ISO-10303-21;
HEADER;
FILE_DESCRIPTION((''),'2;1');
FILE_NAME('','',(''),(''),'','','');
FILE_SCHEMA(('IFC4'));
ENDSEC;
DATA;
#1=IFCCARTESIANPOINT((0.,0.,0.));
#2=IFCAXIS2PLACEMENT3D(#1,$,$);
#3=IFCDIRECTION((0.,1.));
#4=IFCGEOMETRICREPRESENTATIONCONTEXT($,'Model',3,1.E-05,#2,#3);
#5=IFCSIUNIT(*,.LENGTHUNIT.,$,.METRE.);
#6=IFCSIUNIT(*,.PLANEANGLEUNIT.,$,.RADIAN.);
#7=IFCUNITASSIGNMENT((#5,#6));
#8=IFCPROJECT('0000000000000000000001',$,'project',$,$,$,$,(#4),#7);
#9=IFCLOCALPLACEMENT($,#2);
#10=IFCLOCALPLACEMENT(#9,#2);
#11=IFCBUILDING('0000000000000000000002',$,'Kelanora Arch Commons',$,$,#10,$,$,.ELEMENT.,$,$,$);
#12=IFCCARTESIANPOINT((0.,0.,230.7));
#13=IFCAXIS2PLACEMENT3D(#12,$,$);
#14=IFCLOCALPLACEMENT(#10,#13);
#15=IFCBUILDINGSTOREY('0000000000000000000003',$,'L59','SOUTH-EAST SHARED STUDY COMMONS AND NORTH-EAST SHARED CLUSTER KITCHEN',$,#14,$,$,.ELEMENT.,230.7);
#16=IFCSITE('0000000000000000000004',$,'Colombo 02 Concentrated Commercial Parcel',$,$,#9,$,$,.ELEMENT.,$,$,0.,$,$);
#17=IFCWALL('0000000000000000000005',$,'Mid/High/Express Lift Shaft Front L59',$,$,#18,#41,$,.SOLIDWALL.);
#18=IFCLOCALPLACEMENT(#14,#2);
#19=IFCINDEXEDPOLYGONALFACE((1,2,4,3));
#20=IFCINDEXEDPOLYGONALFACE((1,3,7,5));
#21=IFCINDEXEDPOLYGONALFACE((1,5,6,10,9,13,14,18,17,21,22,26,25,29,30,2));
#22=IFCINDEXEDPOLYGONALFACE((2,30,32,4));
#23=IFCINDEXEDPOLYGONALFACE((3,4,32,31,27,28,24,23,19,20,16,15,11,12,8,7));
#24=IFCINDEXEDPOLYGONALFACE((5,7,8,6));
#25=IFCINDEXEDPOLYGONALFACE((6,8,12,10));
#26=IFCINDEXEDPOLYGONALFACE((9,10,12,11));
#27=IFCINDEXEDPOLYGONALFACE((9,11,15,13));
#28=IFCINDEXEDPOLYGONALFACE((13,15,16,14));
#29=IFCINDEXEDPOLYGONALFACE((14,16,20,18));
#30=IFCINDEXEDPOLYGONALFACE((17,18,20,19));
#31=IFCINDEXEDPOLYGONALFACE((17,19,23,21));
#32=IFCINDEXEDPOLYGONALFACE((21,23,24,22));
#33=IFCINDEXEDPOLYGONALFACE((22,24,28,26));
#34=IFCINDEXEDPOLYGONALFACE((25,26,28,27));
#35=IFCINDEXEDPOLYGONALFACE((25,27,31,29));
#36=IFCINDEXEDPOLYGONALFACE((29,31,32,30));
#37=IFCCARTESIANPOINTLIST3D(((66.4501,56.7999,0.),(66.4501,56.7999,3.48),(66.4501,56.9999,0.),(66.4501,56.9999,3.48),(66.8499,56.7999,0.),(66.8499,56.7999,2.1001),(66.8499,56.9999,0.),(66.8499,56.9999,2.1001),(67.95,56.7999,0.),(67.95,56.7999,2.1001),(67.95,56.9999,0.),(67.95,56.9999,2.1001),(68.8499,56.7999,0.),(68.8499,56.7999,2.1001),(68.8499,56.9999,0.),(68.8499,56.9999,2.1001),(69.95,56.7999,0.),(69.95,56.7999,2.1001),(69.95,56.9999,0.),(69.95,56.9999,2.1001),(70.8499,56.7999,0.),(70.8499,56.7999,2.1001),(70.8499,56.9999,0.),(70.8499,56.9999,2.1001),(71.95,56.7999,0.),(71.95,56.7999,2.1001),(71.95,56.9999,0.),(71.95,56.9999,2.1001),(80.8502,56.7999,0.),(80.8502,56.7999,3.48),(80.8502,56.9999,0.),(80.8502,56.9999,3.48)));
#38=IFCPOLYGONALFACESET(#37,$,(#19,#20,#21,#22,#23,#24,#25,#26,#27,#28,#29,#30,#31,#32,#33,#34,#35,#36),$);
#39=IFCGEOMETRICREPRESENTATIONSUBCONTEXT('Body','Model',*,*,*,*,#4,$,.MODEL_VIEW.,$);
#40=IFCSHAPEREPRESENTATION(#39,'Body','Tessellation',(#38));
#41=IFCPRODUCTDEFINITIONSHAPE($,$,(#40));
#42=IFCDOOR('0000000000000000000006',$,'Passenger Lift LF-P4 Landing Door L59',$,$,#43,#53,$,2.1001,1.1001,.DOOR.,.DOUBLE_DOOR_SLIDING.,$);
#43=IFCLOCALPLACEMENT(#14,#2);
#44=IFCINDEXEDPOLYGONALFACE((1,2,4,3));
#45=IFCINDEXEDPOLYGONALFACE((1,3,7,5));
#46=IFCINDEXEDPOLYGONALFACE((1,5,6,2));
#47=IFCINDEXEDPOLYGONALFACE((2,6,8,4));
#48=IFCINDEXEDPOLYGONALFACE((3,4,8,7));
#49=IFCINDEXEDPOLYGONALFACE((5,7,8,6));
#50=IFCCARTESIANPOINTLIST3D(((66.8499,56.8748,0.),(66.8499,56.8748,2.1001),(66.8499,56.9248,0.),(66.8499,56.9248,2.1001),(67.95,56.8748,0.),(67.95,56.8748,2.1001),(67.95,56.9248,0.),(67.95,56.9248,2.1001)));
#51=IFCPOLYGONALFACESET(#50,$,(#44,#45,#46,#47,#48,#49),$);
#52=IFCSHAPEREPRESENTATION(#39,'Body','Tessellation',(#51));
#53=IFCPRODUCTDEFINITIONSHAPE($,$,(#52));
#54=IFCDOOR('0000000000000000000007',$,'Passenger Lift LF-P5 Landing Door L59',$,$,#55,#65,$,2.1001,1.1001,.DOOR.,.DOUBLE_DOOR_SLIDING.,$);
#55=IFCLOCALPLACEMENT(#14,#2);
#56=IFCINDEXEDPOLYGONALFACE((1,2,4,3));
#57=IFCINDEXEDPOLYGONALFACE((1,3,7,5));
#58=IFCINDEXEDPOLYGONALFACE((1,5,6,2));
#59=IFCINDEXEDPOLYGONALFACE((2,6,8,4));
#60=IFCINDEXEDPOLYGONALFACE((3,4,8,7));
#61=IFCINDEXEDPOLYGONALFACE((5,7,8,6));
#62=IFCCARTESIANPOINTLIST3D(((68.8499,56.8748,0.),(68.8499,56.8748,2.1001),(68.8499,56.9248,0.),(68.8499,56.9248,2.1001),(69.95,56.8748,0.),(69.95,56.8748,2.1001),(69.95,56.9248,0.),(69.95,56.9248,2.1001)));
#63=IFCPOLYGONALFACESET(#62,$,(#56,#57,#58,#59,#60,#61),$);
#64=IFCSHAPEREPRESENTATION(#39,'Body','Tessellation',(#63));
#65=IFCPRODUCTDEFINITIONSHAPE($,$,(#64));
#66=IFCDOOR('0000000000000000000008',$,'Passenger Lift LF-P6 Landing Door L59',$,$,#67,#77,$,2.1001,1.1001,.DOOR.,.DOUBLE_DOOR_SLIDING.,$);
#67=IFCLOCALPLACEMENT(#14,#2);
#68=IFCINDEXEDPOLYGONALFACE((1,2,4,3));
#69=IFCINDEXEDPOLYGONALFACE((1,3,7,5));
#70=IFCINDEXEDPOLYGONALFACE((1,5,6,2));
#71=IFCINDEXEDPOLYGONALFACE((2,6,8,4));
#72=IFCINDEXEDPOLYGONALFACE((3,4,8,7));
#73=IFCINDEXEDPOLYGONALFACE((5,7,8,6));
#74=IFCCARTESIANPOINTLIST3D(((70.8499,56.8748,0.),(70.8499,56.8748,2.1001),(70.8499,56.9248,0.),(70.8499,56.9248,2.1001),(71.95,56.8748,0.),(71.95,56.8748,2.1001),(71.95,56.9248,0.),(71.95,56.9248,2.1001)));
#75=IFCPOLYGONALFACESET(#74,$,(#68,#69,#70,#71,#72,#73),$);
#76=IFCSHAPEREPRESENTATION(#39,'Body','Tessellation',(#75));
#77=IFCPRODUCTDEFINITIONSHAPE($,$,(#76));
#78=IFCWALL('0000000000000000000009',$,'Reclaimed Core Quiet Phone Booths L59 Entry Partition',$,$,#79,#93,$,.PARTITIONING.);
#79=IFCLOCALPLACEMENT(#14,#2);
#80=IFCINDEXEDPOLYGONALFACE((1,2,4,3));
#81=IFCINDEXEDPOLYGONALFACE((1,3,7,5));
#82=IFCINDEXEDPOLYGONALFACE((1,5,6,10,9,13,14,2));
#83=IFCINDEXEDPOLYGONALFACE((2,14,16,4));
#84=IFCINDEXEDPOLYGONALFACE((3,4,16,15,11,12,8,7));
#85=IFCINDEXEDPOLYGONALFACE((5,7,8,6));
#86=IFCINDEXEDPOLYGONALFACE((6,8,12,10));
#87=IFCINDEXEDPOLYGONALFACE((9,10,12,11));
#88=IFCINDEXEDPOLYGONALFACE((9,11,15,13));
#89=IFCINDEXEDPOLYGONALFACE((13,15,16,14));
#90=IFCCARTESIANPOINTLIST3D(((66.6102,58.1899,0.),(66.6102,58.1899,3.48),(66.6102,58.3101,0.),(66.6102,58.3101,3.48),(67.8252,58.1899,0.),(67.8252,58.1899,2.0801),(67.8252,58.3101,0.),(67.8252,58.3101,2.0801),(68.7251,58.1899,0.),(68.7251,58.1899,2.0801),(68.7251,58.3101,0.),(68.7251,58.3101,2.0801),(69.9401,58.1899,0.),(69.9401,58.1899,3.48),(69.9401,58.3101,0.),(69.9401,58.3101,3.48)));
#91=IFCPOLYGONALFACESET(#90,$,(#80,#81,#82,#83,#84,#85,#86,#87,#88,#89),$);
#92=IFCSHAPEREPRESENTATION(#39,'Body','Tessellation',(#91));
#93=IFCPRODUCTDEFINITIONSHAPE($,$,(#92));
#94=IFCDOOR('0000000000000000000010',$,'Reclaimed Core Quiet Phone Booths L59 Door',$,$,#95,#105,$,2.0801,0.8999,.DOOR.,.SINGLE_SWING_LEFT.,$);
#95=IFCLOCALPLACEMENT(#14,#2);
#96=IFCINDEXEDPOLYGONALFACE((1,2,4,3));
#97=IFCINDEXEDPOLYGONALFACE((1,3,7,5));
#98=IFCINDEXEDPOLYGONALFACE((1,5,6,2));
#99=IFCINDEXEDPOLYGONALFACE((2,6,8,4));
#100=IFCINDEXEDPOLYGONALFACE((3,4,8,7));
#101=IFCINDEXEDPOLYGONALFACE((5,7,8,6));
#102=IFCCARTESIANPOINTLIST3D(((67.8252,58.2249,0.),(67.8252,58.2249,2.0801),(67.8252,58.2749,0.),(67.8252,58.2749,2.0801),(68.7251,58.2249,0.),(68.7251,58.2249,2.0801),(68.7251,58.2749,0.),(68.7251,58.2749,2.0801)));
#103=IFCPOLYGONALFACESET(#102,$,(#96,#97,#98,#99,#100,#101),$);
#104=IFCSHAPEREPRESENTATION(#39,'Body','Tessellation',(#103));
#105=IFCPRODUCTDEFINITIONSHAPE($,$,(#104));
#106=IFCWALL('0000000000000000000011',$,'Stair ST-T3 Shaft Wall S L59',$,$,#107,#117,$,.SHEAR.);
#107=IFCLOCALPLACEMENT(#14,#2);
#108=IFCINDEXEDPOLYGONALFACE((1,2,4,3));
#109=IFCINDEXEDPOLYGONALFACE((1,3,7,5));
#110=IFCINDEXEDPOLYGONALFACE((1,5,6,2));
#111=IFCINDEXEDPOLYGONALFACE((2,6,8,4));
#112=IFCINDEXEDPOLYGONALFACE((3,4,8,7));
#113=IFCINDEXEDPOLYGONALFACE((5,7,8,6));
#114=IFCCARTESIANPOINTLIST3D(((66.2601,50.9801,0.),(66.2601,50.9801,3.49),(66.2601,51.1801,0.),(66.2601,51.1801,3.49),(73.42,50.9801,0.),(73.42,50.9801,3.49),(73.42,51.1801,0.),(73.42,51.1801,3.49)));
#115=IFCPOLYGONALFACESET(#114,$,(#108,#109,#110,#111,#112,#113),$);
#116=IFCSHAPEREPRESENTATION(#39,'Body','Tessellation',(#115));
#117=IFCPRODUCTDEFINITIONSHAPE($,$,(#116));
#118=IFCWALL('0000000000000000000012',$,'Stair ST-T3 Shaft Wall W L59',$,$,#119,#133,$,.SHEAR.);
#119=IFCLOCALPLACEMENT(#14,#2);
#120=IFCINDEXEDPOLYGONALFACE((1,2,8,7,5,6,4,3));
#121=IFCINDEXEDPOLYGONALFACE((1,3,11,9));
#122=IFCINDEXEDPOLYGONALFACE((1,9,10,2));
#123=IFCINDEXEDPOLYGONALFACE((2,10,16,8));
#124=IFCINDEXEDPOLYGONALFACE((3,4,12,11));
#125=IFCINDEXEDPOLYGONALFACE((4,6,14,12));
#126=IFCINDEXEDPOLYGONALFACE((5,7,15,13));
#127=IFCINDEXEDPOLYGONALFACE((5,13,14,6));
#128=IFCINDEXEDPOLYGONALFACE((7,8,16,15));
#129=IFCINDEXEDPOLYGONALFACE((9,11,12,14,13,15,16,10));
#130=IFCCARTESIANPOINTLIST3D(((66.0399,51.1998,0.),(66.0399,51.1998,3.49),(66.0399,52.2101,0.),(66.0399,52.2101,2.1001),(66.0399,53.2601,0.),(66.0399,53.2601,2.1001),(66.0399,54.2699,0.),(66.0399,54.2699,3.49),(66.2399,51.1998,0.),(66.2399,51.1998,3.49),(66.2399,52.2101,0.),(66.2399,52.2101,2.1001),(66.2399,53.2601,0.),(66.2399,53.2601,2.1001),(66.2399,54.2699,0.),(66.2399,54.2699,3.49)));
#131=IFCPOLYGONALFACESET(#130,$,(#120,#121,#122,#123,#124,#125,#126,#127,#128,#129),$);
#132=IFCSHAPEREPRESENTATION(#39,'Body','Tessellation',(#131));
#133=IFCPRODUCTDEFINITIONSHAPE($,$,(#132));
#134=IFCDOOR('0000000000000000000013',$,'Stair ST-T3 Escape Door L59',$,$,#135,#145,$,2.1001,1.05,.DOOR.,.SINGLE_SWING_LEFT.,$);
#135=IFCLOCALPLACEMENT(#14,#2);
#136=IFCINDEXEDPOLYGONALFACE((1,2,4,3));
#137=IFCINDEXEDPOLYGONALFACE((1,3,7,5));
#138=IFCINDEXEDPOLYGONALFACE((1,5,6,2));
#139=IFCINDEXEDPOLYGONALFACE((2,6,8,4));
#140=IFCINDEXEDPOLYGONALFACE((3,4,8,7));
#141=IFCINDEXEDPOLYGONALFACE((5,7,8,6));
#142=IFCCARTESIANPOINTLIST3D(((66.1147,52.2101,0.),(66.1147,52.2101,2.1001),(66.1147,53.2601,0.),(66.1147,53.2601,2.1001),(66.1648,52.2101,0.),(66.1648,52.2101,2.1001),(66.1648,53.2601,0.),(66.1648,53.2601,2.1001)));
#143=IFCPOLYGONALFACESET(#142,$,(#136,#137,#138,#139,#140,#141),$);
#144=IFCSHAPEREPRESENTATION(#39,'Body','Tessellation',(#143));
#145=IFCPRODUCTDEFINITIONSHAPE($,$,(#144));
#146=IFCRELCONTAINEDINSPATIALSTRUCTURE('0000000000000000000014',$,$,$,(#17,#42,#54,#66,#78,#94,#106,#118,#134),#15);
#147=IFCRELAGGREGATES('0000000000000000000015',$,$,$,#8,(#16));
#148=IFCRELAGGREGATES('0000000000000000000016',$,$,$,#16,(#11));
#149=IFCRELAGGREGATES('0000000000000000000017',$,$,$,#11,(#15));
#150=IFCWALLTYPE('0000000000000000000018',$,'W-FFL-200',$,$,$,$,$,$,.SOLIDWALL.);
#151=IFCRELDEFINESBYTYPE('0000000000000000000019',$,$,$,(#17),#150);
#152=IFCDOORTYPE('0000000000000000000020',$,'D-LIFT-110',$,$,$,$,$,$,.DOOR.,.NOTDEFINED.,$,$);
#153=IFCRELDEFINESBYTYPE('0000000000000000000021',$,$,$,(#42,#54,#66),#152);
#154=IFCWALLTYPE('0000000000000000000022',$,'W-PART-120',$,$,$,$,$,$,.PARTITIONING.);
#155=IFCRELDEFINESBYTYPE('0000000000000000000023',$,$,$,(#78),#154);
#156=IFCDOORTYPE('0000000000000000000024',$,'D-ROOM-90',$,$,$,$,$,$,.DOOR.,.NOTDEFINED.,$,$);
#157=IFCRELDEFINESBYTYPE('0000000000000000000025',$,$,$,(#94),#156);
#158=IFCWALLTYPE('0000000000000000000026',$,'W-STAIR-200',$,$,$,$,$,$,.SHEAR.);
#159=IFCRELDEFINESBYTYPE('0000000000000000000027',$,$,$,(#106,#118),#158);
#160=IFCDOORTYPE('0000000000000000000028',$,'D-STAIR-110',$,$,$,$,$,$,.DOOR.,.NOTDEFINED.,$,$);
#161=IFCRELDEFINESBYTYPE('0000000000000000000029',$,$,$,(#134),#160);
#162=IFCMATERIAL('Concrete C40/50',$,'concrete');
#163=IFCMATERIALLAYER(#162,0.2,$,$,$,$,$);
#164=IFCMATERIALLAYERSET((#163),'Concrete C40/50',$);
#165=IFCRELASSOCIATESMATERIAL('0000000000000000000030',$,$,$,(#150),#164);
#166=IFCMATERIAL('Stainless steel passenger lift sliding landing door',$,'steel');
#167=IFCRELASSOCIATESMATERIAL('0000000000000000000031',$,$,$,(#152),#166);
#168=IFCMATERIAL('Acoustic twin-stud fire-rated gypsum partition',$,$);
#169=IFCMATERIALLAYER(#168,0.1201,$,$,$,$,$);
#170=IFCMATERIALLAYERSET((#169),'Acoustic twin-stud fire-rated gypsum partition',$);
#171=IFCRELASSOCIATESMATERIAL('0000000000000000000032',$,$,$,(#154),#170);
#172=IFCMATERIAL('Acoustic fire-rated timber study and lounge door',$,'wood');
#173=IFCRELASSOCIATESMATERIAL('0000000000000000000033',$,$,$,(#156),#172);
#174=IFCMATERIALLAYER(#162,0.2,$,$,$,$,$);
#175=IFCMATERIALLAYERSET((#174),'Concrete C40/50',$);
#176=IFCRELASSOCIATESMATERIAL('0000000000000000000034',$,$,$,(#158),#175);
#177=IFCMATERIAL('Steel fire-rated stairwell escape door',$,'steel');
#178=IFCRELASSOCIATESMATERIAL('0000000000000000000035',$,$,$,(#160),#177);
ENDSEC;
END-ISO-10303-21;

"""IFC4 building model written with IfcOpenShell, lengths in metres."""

from ifc_helpers import new_model, si_unit, direction, frame, frame_2d, origin, place, context, subcontext, project, spatial, rectangle, extrude, material, layer, layer_set, type_object, element, fill, save


model = new_model("IFC4")

# Units and contexts
model_context = context("Model", 3, precision=1e-05, world=origin(), true_north=direction((0.0, 1.0)))
body_context = subcontext(model_context, "Body", "Model", "MODEL_VIEW")
ifc_project = project(units=[si_unit("LENGTHUNIT", "METRE"), si_unit("PLANEANGLEUNIT", "RADIAN")], contexts=[model_context])

# Site, building, storey
site_placement = place(None, origin())
site = spatial("IfcSite", under=ifc_project, at=site_placement, Name="Colombo 02 Concentrated Commercial Parcel", CompositionType="ELEMENT", RefElevation=0.0)
building_placement = place(site_placement, origin())
building = spatial("IfcBuilding", under=site, at=building_placement, Name="Kelanora Arch Commons", CompositionType="ELEMENT")
storey_placement = place(building_placement, frame((0.0, 0.0, 230.7)))
storey = spatial("IfcBuildingStorey", under=building, at=storey_placement, Name="L59", Description="SOUTH-EAST SHARED STUDY COMMONS AND NORTH-EAST SHARED CLUSTER KITCHEN", CompositionType="ELEMENT", Elevation=230.7)

# Wall, openings, doors
ifc_material_1 = material(Name="Concrete C40/50", Category="concrete")
ifc_layer_1 = layer(ifc_material_1, 0.2)
ifc_layer_set_1 = layer_set([ifc_layer_1], Name="Concrete C40/50")
wall_type_1 = type_object("IfcWallType", Name="W-FFL-200", PredefinedType="SOLIDWALL", material=ifc_layer_set_1)
wall_1_placement = place(storey_placement, frame((66.45, 56.8999, 0.0), z_axis=(0.0, 0.0, 1.0), x_axis=(1.0, 0.0, 0.0)))
wall_1 = element("IfcWall", 1, at=wall_1_placement, inside=storey, type_object=wall_type_1, Name="Mid/High/Express Lift Shaft Front L59", PredefinedType="SOLIDWALL", context=body_context, shape_type="SweptSolid", body=[
    extrude(rectangle(XDim=14.4001, YDim=0.2, at=frame_2d((7.2002, 0.0))), origin(), (0.0, 0.0, 1.0), 3.48),
])
opening_1_placement = place(wall_1_placement, frame((0.3999, 0.0, 0.0)))
opening_1 = element("IfcOpeningElement", 2, at=opening_1_placement, cuts=wall_1, PredefinedType="OPENING", context=body_context, shape_type="SweptSolid", body=[
    extrude(rectangle(XDim=1.1001, YDim=2.1001, at=frame_2d((0.55, 1.05))), frame((0.0, 0.1099, 0.0), z_axis=(0.0, -1.0, 0.0), x_axis=(1.0, 0.0, 0.0)), (0.0, 0.0, 1.0), 0.22),
])
opening_2_placement = place(wall_1_placement, frame((2.3999, 0.0, 0.0)))
opening_2 = element("IfcOpeningElement", 3, at=opening_2_placement, cuts=wall_1, PredefinedType="OPENING", context=body_context, shape_type="SweptSolid", body=[
    extrude(rectangle(XDim=1.1001, YDim=2.1001, at=frame_2d((0.55, 1.05))), frame((0.0, 0.1099, 0.0), z_axis=(0.0, -1.0, 0.0), x_axis=(1.0, 0.0, 0.0)), (0.0, 0.0, 1.0), 0.22),
])
opening_3_placement = place(wall_1_placement, frame((4.3999, 0.0, 0.0)))
opening_3 = element("IfcOpeningElement", 4, at=opening_3_placement, cuts=wall_1, PredefinedType="OPENING", context=body_context, shape_type="SweptSolid", body=[
    extrude(rectangle(XDim=1.1001, YDim=2.1001, at=frame_2d((0.55, 1.05))), frame((0.0, 0.1099, 0.0), z_axis=(0.0, -1.0, 0.0), x_axis=(1.0, 0.0, 0.0)), (0.0, 0.0, 1.0), 0.22),
])
ifc_material_2 = material(Name="Stainless steel passenger lift sliding landing door", Category="steel")
door_type_1 = type_object("IfcDoorType", Name="D-LIFT-110", OperationType="NOTDEFINED", PredefinedType="DOOR", material=ifc_material_2)
door_1_placement = place(opening_1_placement, origin())
door_1 = element("IfcDoor", 5, at=door_1_placement, inside=storey, type_object=door_type_1, Name="Passenger Lift LF-P4 Landing Door L59", OperationType="DOUBLE_DOOR_SLIDING", OverallHeight=2.1001, OverallWidth=1.1001, PredefinedType="DOOR", context=body_context, shape_type="SweptSolid", body=[
    extrude(rectangle(XDim=1.1001, YDim=2.1001, at=frame_2d((0.55, 1.05))), frame((0.0, 0.0249, 0.0), z_axis=(0.0, -1.0, 0.0), x_axis=(1.0, 0.0, 0.0)), (0.0, 0.0, 1.0), 0.05),
])
fill(opening_1, door_1)
door_2_placement = place(opening_2_placement, origin())
door_2 = element("IfcDoor", 6, at=door_2_placement, inside=storey, type_object=door_type_1, Name="Passenger Lift LF-P5 Landing Door L59", OperationType="DOUBLE_DOOR_SLIDING", OverallHeight=2.1001, OverallWidth=1.1001, PredefinedType="DOOR", context=body_context, shape_type="SweptSolid", body=[
    extrude(rectangle(XDim=1.1001, YDim=2.1001, at=frame_2d((0.55, 1.05))), frame((0.0, 0.0249, 0.0), z_axis=(0.0, -1.0, 0.0), x_axis=(1.0, 0.0, 0.0)), (0.0, 0.0, 1.0), 0.05),
])
fill(opening_2, door_2)
door_3_placement = place(opening_3_placement, origin())
door_3 = element("IfcDoor", 7, at=door_3_placement, inside=storey, type_object=door_type_1, Name="Passenger Lift LF-P6 Landing Door L59", OperationType="DOUBLE_DOOR_SLIDING", OverallHeight=2.1001, OverallWidth=1.1001, PredefinedType="DOOR", context=body_context, shape_type="SweptSolid", body=[
    extrude(rectangle(XDim=1.1001, YDim=2.1001, at=frame_2d((0.55, 1.05))), frame((0.0, 0.0249, 0.0), z_axis=(0.0, -1.0, 0.0), x_axis=(1.0, 0.0, 0.0)), (0.0, 0.0, 1.0), 0.05),
])
fill(opening_3, door_3)

# Wall, opening, door
ifc_material_3 = material(Name="Acoustic twin-stud fire-rated gypsum partition")
ifc_layer_2 = layer(ifc_material_3, 0.1201)
ifc_layer_set_2 = layer_set([ifc_layer_2], Name="Acoustic twin-stud fire-rated gypsum partition")
wall_type_2 = type_object("IfcWallType", Name="W-PART-120", PredefinedType="PARTITIONING", material=ifc_layer_set_2)
wall_2_placement = place(storey_placement, frame((66.6101, 58.25, 0.0), z_axis=(0.0, 0.0, 1.0), x_axis=(1.0, 0.0, 0.0)))
wall_2 = element("IfcWall", 8, at=wall_2_placement, inside=storey, type_object=wall_type_2, Name="Reclaimed Core Quiet Phone Booths L59 Entry Partition", PredefinedType="PARTITIONING", context=body_context, shape_type="SweptSolid", body=[
    extrude(rectangle(XDim=3.3298, YDim=0.1201, at=frame_2d((1.665, 0.0))), origin(), (0.0, 0.0, 1.0), 3.48),
])
opening_4_placement = place(wall_2_placement, frame((1.2151, 0.0, 0.0)))
opening_4 = element("IfcOpeningElement", 9, at=opening_4_placement, cuts=wall_2, PredefinedType="OPENING", context=body_context, shape_type="SweptSolid", body=[
    extrude(rectangle(XDim=0.8999, YDim=2.0801, at=frame_2d((0.45, 1.04))), frame((0.0, 0.0701, 0.0), z_axis=(0.0, -1.0, 0.0), x_axis=(1.0, 0.0, 0.0)), (0.0, 0.0, 1.0), 0.1401),
])
ifc_material_4 = material(Name="Acoustic fire-rated timber study and lounge door", Category="wood")
door_type_2 = type_object("IfcDoorType", Name="D-ROOM-90", OperationType="NOTDEFINED", PredefinedType="DOOR", material=ifc_material_4)
door_4_placement = place(opening_4_placement, origin())
door_4 = element("IfcDoor", 10, at=door_4_placement, inside=storey, type_object=door_type_2, Name="Reclaimed Core Quiet Phone Booths L59 Door", OperationType="SINGLE_SWING_LEFT", OverallHeight=2.0801, OverallWidth=0.8999, PredefinedType="DOOR", context=body_context, shape_type="SweptSolid", body=[
    extrude(rectangle(XDim=0.8999, YDim=2.0801, at=frame_2d((0.45, 1.04))), frame((0.0, 0.0249, 0.0), z_axis=(0.0, -1.0, 0.0), x_axis=(1.0, 0.0, 0.0)), (0.0, 0.0, 1.0), 0.05),
])
fill(opening_4, door_4)

# Wall
ifc_layer_3 = layer(ifc_material_1, 0.2)
ifc_layer_set_3 = layer_set([ifc_layer_3], Name="Concrete C40/50")
wall_type_3 = type_object("IfcWallType", Name="W-STAIR-200", PredefinedType="SHEAR", material=ifc_layer_set_3)
wall_3_placement = place(storey_placement, frame((66.26, 51.0801, 0.0), z_axis=(0.0, 0.0, 1.0), x_axis=(1.0, 0.0, 0.0)))
element("IfcWall", 11, at=wall_3_placement, inside=storey, type_object=wall_type_3, Name="Stair ST-T3 Shaft Wall S L59", PredefinedType="SHEAR", context=body_context, shape_type="SweptSolid", body=[
    extrude(rectangle(XDim=7.1599, YDim=0.2, at=frame_2d((3.5801, 0.0))), origin(), (0.0, 0.0, 1.0), 3.49),
])

# Wall, opening, door
wall_4_placement = place(storey_placement, frame((66.1399, 54.27, 0.0), z_axis=(0.0, 0.0, 1.0), x_axis=(0.0, -1.0, 0.0)))
wall_4 = element("IfcWall", 12, at=wall_4_placement, inside=storey, type_object=wall_type_3, Name="Stair ST-T3 Shaft Wall W L59", PredefinedType="SHEAR", context=body_context, shape_type="SweptSolid", body=[
    extrude(rectangle(XDim=3.0701, YDim=0.2, at=frame_2d((1.5352, 0.0))), origin(), (0.0, 0.0, 1.0), 3.49),
])
opening_5_placement = place(wall_4_placement, frame((1.01, 0.0, 0.0)))
opening_5 = element("IfcOpeningElement", 13, at=opening_5_placement, cuts=wall_4, PredefinedType="OPENING", context=body_context, shape_type="SweptSolid", body=[
    extrude(rectangle(XDim=1.05, YDim=2.1001, at=frame_2d((0.5249, 1.05))), frame((0.0, 0.1099, 0.0), z_axis=(0.0, -1.0, 0.0), x_axis=(1.0, 0.0, 0.0)), (0.0, 0.0, 1.0), 0.22),
])
ifc_material_5 = material(Name="Steel fire-rated stairwell escape door", Category="steel")
door_type_3 = type_object("IfcDoorType", Name="D-STAIR-110", OperationType="NOTDEFINED", PredefinedType="DOOR", material=ifc_material_5)
door_5_placement = place(opening_5_placement, origin())
door_5 = element("IfcDoor", 14, at=door_5_placement, inside=storey, type_object=door_type_3, Name="Stair ST-T3 Escape Door L59", OperationType="SINGLE_SWING_LEFT", OverallHeight=2.1001, OverallWidth=1.05, PredefinedType="DOOR", context=body_context, shape_type="SweptSolid", body=[
    extrude(rectangle(XDim=1.05, YDim=2.1001, at=frame_2d((0.5249, 1.05))), frame((0.0, 0.0249, 0.0), z_axis=(0.0, -1.0, 0.0), x_axis=(1.0, 0.0, 0.0)), (0.0, 0.0, 1.0), 0.05),
])
fill(opening_5, door_5)

save(model, "model.ifc")
